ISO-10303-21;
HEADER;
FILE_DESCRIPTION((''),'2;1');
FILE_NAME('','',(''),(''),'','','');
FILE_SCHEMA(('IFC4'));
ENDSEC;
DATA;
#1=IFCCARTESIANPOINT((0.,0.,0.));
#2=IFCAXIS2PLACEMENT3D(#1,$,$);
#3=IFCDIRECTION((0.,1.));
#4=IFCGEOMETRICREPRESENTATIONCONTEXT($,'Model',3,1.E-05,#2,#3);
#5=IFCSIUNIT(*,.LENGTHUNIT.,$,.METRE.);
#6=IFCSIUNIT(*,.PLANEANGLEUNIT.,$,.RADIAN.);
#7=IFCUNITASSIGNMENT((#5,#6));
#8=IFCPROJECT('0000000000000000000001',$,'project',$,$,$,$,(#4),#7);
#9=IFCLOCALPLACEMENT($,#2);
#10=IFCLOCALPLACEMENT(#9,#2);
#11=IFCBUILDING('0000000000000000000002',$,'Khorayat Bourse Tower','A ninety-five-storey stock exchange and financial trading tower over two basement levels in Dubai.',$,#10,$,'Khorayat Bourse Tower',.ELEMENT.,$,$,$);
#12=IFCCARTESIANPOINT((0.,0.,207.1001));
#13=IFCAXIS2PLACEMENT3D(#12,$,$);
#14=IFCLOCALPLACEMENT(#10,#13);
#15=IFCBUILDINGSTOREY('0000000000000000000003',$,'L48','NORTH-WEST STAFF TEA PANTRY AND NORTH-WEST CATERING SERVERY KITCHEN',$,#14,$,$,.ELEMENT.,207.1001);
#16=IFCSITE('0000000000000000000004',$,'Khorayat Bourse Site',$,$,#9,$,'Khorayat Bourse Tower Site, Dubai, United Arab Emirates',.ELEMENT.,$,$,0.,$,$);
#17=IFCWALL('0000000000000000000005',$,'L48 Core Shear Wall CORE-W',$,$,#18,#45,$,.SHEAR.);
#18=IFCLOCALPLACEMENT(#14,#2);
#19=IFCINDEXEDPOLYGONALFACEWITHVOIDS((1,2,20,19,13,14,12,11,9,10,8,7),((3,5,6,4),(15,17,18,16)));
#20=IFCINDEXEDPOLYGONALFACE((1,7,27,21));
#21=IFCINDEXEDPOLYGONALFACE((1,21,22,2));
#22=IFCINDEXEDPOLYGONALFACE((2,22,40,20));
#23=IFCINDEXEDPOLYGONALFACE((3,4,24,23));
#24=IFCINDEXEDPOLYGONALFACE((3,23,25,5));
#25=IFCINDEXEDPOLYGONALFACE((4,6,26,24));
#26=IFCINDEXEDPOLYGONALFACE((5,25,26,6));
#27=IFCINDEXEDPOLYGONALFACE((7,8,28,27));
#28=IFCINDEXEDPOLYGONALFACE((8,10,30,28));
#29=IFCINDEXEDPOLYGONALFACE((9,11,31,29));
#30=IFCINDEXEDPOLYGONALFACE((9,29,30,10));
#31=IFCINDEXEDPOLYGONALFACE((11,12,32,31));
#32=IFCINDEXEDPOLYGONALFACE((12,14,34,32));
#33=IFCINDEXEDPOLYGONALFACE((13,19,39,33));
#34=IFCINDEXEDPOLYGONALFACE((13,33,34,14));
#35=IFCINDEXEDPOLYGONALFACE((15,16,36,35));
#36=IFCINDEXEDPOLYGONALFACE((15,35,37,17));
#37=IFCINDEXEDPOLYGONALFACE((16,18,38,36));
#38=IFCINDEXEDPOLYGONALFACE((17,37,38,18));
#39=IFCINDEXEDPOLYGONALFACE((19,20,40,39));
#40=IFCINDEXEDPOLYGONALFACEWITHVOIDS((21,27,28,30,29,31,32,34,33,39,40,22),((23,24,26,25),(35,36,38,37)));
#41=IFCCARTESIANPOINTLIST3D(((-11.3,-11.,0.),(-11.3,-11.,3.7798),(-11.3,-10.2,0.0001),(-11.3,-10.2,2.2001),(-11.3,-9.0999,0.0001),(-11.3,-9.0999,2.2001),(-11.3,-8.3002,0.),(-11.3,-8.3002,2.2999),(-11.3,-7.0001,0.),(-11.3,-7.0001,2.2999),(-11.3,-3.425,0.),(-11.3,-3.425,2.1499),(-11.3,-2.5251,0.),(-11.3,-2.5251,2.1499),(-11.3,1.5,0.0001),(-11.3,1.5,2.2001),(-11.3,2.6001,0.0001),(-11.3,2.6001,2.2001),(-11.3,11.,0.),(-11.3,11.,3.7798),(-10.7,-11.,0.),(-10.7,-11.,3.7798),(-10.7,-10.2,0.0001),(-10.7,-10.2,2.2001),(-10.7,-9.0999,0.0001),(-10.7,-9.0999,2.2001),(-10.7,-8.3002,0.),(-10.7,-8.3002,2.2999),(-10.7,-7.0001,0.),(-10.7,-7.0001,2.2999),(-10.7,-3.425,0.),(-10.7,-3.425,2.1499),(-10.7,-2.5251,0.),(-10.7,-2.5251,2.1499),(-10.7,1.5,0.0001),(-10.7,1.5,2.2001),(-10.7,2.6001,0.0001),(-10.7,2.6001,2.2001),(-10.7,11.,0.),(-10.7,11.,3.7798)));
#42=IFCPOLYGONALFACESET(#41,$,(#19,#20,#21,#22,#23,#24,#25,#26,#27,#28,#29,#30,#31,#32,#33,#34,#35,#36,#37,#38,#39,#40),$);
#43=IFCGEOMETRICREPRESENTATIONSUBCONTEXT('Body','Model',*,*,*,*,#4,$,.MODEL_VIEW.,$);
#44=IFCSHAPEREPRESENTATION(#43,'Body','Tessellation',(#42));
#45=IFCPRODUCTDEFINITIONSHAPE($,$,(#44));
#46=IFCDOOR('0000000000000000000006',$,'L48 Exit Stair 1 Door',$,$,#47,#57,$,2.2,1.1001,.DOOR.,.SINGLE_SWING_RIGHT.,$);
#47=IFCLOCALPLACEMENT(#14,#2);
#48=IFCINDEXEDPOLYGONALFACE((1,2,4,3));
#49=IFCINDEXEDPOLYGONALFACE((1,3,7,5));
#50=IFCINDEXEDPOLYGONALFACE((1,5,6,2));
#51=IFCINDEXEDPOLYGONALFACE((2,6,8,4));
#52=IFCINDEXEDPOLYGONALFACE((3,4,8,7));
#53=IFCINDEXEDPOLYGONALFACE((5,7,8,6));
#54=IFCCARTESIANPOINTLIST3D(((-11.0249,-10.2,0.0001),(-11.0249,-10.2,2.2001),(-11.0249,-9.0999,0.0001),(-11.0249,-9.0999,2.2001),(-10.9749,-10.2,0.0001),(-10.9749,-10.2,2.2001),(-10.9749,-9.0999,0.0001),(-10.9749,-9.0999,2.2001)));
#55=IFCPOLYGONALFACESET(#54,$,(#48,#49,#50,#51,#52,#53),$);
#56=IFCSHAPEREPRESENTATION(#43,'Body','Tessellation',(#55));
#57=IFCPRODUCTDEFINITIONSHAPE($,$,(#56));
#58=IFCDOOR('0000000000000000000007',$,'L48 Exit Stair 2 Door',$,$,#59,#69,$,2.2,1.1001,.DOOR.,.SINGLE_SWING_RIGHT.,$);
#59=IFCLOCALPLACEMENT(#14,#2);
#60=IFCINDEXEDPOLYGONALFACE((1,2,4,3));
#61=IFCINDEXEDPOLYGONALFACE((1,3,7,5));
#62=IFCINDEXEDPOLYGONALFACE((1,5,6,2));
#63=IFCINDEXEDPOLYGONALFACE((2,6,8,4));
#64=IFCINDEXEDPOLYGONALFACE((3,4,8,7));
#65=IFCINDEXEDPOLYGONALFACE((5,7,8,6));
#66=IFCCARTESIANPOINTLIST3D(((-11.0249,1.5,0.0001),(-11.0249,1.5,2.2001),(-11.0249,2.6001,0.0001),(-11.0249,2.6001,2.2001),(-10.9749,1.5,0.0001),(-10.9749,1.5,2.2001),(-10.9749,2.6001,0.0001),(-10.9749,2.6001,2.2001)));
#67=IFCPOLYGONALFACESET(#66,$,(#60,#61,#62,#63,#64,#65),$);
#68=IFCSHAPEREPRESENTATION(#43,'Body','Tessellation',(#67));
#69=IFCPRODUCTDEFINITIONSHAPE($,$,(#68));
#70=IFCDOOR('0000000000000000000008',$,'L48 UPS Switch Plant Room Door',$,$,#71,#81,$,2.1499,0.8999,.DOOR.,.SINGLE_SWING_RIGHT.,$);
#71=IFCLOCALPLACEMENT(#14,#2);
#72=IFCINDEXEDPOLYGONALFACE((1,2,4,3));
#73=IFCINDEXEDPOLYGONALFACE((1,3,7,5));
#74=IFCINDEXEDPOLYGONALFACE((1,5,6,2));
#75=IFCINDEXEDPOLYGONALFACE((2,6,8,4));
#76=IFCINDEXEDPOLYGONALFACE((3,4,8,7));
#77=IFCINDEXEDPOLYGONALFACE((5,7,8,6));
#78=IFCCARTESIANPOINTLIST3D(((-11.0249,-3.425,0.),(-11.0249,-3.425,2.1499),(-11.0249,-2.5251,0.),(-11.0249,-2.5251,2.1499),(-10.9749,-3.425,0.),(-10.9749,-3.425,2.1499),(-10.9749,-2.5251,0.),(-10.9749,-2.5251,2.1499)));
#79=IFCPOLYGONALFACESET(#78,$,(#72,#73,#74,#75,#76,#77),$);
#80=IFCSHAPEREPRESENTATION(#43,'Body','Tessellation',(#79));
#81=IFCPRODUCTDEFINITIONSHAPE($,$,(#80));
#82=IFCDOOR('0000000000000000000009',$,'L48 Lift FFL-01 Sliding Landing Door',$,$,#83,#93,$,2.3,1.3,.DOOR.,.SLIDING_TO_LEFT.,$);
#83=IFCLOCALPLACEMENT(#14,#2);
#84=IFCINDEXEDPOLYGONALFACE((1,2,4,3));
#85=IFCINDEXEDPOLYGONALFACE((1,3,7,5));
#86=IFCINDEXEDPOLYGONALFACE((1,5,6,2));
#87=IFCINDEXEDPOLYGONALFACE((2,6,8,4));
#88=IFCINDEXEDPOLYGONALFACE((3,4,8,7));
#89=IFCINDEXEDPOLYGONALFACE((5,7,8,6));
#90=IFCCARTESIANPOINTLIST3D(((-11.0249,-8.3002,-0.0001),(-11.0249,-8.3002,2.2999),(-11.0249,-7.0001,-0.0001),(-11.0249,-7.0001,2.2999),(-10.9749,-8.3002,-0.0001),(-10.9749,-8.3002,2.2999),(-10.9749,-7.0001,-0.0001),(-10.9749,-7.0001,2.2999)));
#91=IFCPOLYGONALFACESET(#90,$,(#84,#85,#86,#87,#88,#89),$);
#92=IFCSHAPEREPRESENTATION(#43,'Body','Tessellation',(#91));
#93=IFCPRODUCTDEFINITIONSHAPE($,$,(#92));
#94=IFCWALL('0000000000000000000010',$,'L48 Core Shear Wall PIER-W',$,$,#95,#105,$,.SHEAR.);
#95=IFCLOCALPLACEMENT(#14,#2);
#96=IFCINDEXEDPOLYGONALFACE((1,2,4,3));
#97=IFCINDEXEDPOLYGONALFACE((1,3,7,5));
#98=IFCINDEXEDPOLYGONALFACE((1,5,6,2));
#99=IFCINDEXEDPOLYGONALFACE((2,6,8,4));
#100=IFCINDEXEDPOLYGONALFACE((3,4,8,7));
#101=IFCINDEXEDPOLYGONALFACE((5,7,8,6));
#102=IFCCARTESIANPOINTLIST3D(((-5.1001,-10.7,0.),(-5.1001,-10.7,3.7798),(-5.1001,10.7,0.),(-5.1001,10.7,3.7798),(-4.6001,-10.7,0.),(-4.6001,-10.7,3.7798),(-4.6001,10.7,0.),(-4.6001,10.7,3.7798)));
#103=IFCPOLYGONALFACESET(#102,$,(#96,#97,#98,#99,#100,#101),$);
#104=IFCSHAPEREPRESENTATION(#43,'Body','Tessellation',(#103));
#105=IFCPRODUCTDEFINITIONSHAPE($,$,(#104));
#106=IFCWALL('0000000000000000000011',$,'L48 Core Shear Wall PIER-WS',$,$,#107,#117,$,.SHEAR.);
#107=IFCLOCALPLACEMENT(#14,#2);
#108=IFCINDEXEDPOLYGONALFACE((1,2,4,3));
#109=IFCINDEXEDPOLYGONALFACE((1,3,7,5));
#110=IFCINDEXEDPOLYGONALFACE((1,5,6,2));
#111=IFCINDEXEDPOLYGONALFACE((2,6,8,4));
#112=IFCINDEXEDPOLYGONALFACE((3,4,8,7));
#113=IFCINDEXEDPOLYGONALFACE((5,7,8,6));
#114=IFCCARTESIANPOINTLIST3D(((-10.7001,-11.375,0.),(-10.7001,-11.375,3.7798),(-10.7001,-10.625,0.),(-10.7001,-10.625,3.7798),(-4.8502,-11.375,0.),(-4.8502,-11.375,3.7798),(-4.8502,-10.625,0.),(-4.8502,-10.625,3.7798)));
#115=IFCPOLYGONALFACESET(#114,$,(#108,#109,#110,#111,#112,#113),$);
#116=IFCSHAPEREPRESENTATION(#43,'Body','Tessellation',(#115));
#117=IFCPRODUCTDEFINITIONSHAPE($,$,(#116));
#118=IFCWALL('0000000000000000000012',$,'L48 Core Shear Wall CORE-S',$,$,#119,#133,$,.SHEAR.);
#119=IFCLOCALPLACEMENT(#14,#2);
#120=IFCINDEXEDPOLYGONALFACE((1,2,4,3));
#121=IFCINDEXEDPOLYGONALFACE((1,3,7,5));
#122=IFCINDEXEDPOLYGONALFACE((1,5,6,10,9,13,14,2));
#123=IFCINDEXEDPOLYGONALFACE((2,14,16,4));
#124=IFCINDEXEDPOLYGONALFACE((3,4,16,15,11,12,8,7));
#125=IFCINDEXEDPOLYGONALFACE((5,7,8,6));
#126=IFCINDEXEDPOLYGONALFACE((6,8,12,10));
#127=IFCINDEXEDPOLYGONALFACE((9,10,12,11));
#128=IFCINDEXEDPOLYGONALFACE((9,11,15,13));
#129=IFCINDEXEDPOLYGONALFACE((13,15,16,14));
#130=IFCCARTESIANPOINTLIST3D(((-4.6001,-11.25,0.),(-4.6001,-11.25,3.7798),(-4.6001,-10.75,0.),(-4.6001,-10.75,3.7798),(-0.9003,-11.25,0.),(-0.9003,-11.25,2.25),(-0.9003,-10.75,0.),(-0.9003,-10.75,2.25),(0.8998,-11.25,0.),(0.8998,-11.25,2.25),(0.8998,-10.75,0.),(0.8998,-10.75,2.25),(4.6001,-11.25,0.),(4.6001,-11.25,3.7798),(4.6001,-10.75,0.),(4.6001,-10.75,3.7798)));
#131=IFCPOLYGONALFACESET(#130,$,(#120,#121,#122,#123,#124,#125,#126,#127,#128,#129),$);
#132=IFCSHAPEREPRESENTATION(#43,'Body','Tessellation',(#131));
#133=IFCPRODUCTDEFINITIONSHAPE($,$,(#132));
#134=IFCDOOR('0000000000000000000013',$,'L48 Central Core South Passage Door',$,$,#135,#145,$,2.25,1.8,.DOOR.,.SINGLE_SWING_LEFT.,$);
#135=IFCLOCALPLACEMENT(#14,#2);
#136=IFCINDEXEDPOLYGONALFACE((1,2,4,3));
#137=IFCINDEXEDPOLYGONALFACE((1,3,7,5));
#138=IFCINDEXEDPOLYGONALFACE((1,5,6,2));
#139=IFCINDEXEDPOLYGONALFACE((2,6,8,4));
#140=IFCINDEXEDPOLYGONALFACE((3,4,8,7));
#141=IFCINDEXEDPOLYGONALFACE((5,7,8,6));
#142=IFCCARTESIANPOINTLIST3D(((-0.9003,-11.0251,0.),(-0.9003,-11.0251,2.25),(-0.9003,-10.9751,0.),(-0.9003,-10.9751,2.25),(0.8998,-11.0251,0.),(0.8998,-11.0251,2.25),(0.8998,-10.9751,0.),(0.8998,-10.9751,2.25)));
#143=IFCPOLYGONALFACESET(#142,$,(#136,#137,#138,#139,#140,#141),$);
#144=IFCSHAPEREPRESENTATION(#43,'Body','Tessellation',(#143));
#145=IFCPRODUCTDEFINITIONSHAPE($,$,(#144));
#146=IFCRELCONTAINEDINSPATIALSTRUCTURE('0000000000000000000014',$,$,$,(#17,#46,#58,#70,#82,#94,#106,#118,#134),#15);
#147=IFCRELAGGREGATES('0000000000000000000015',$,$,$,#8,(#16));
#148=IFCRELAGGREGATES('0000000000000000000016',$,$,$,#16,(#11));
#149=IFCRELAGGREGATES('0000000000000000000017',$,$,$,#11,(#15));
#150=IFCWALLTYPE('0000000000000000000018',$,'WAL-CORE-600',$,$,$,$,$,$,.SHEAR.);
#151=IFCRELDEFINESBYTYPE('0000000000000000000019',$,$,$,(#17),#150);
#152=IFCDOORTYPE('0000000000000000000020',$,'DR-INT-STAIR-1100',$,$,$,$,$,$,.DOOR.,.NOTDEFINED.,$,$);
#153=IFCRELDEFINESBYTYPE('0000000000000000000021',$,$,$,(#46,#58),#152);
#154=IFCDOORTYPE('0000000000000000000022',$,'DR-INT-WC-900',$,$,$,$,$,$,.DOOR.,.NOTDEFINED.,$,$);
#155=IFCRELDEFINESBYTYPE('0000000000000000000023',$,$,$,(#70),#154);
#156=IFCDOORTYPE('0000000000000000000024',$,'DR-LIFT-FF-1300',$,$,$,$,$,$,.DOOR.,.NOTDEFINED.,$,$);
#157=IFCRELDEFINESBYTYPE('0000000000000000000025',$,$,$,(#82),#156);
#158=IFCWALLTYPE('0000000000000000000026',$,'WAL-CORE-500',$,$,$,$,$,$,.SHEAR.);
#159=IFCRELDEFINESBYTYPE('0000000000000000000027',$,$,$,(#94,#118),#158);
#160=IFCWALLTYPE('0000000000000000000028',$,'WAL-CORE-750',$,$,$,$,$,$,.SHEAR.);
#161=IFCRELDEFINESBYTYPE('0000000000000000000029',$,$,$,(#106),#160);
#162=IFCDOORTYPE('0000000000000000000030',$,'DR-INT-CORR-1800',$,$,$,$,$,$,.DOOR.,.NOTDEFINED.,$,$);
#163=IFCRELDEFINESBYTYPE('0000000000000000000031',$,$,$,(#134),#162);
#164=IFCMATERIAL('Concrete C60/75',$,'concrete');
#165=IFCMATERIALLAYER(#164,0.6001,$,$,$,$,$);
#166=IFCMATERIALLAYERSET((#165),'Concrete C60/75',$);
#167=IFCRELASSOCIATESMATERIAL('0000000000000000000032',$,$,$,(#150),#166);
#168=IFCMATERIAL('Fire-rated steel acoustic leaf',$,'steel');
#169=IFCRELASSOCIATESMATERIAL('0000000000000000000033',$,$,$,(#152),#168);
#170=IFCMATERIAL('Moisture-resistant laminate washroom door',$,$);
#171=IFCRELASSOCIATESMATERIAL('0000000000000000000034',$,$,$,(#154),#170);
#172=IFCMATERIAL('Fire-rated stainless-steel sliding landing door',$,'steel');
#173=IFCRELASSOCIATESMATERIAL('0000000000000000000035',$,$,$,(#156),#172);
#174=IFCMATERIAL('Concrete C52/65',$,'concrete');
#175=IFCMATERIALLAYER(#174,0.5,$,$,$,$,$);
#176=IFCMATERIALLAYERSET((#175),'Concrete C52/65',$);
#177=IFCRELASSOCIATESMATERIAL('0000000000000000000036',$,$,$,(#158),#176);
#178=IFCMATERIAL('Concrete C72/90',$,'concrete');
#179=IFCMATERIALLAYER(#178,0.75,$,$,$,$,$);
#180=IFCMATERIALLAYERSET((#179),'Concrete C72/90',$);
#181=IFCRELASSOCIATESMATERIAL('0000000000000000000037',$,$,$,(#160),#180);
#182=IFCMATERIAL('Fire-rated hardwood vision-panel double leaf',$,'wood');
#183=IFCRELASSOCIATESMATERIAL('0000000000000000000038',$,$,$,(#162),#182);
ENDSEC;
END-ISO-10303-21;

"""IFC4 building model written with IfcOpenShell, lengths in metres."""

from ifc_helpers import new_model, si_unit, direction, frame, frame_2d, origin, place, context, subcontext, project, spatial, rectangle, extrude, source, transform, mapped, material, layer, layer_set, type_object, element, fill, save


model = new_model("IFC4")

# Units and contexts
model_context = context("Model", 3, precision=1e-05, world=origin(), true_north=direction((0.0, 1.0)))
body_context = subcontext(model_context, "Body", "Model", "MODEL_VIEW")
ifc_project = project(units=[si_unit("LENGTHUNIT", "METRE"), si_unit("PLANEANGLEUNIT", "RADIAN")], contexts=[model_context])

# Site, building, storey
site_placement = place(None, origin())
site = spatial("IfcSite", under=ifc_project, at=site_placement, Name="Khorayat Bourse Site", LongName="Khorayat Bourse Tower Site, Dubai, United Arab Emirates", CompositionType="ELEMENT", RefElevation=0.0)
building_placement = place(site_placement, origin())
building = spatial("IfcBuilding", under=site, at=building_placement, Name="Khorayat Bourse Tower", Description="A ninety-five-storey stock exchange and financial trading tower over two basement levels in Dubai.", LongName="Khorayat Bourse Tower", CompositionType="ELEMENT")
storey_placement = place(building_placement, frame((0.0, 0.0, 207.1001)))
storey = spatial("IfcBuildingStorey", under=building, at=storey_placement, Name="L48", Description="NORTH-WEST STAFF TEA PANTRY AND NORTH-WEST CATERING SERVERY KITCHEN", CompositionType="ELEMENT", Elevation=207.1001)

# Shared definitions
ifc_material_1 = material(Name="Concrete C60/75", Category="concrete")

# Wall, openings, doors
ifc_layer_1 = layer(ifc_material_1, 0.6001)
ifc_layer_set_1 = layer_set([ifc_layer_1], Name="Concrete C60/75")
wall_type_1 = type_object("IfcWallType", Name="WAL-CORE-600", PredefinedType="SHEAR", material=ifc_layer_set_1)
shared_shape_1 = source(origin(), body_context, "Body", "SweptSolid", [
    extrude(rectangle(XDim=22.0, YDim=0.6001, at=frame_2d((11.0, 0.0))), origin(), (0.0, 0.0, 1.0), 3.7798),
])
wall_1_placement = place(storey_placement, frame((-11.0, -11.0, 0.0), z_axis=(0.0, 0.0, 1.0), x_axis=(0.0, 1.0, 0.0)))
wall_1 = element("IfcWall", 1, at=wall_1_placement, inside=storey, type_object=wall_type_1, Name="L48 Core Shear Wall CORE-W", PredefinedType="SHEAR", context=body_context, shape_type="MappedRepresentation", body=[
    mapped(shared_shape_1, transform((0.0, 0.0, 0.0), scale=1.0)),
])
shared_shape_2 = source(origin(), body_context, "Body", "SweptSolid", [
    extrude(rectangle(XDim=1.1001, YDim=2.2, at=frame_2d((0.55, 1.1001))), frame((0.0, 0.3101, 0.0), z_axis=(0.0, -1.0, 0.0), x_axis=(1.0, 0.0, 0.0)), (0.0, 0.0, 1.0), 0.6201),
])
opening_1_placement = place(wall_1_placement, frame((0.8, 0.0, 0.0)))
opening_1 = element("IfcOpeningElement", 2, at=opening_1_placement, cuts=wall_1, PredefinedType="OPENING", context=body_context, shape_type="MappedRepresentation", body=[
    mapped(shared_shape_2, transform((0.0, 0.0, 0.0), scale=1.0)),
])
opening_2_placement = place(wall_1_placement, frame((12.5, 0.0, 0.0)))
opening_2 = element("IfcOpeningElement", 3, at=opening_2_placement, cuts=wall_1, PredefinedType="OPENING", context=body_context, shape_type="MappedRepresentation", body=[
    mapped(shared_shape_2, transform((0.0, 0.0, 0.0), scale=1.0)),
])
shared_shape_3 = source(origin(), body_context, "Body", "SweptSolid", [
    extrude(rectangle(XDim=0.8999, YDim=2.1499, at=frame_2d((0.45, 1.075))), frame((0.0, 0.3101, 0.0), z_axis=(0.0, -1.0, 0.0), x_axis=(1.0, 0.0, 0.0)), (0.0, 0.0, 1.0), 0.6201),
])
opening_3_placement = place(wall_1_placement, frame((7.575, 0.0, 0.0)))
opening_3 = element("IfcOpeningElement", 4, at=opening_3_placement, cuts=wall_1, PredefinedType="OPENING", context=body_context, shape_type="MappedRepresentation", body=[
    mapped(shared_shape_3, transform((0.0, 0.0, 0.0), scale=1.0)),
])
shared_shape_4 = source(origin(), body_context, "Body", "SweptSolid", [
    extrude(rectangle(XDim=1.3, YDim=2.3, at=frame_2d((0.6499, 1.1499))), frame((0.0, 0.3101, 0.0), z_axis=(0.0, -1.0, 0.0), x_axis=(1.0, 0.0, 0.0)), (0.0, 0.0, 1.0), 0.6201),
])
opening_4_placement = place(wall_1_placement, frame((2.7, 0.0, 0.0)))
opening_4 = element("IfcOpeningElement", 5, at=opening_4_placement, cuts=wall_1, PredefinedType="OPENING", context=body_context, shape_type="MappedRepresentation", body=[
    mapped(shared_shape_4, transform((0.0, 0.0, 0.0), scale=1.0)),
])
ifc_material_2 = material(Name="Fire-rated steel acoustic leaf", Category="steel")
door_type_1 = type_object("IfcDoorType", Name="DR-INT-STAIR-1100", OperationType="NOTDEFINED", PredefinedType="DOOR", material=ifc_material_2)
shared_shape_5 = source(origin(), body_context, "Body", "SweptSolid", [
    extrude(rectangle(XDim=1.1001, YDim=2.2, at=frame_2d((0.55, 1.1001))), frame((0.0, 0.0249, 0.0), z_axis=(0.0, -1.0, 0.0), x_axis=(1.0, 0.0, 0.0)), (0.0, 0.0, 1.0), 0.05),
])
door_1_placement = place(opening_1_placement, origin())
door_1 = element("IfcDoor", 6, at=door_1_placement, inside=storey, type_object=door_type_1, Name="L48 Exit Stair 1 Door", OperationType="SINGLE_SWING_RIGHT", OverallHeight=2.2, OverallWidth=1.1001, PredefinedType="DOOR", context=body_context, shape_type="MappedRepresentation", body=[
    mapped(shared_shape_5, transform((0.0, 0.0, 0.0), scale=1.0)),
])
fill(opening_1, door_1)
door_2_placement = place(opening_2_placement, origin())
door_2 = element("IfcDoor", 7, at=door_2_placement, inside=storey, type_object=door_type_1, Name="L48 Exit Stair 2 Door", OperationType="SINGLE_SWING_RIGHT", OverallHeight=2.2, OverallWidth=1.1001, PredefinedType="DOOR", context=body_context, shape_type="MappedRepresentation", body=[
    mapped(shared_shape_5, transform((0.0, 0.0, 0.0), scale=1.0)),
])
fill(opening_2, door_2)
ifc_material_3 = material(Name="Moisture-resistant laminate washroom door")
door_type_2 = type_object("IfcDoorType", Name="DR-INT-WC-900", OperationType="NOTDEFINED", PredefinedType="DOOR", material=ifc_material_3)
shared_shape_6 = source(origin(), body_context, "Body", "SweptSolid", [
    extrude(rectangle(XDim=0.8999, YDim=2.1499, at=frame_2d((0.45, 1.075))), frame((0.0, 0.0249, 0.0), z_axis=(0.0, -1.0, 0.0), x_axis=(1.0, 0.0, 0.0)), (0.0, 0.0, 1.0), 0.05),
])
door_3_placement = place(opening_3_placement, origin())
door_3 = element("IfcDoor", 8, at=door_3_placement, inside=storey, type_object=door_type_2, Name="L48 UPS Switch Plant Room Door", OperationType="SINGLE_SWING_RIGHT", OverallHeight=2.1499, OverallWidth=0.8999, PredefinedType="DOOR", context=body_context, shape_type="MappedRepresentation", body=[
    mapped(shared_shape_6, transform((0.0, 0.0, 0.0), scale=1.0)),
])
fill(opening_3, door_3)
ifc_material_4 = material(Name="Fire-rated stainless-steel sliding landing door", Category="steel")
door_type_3 = type_object("IfcDoorType", Name="DR-LIFT-FF-1300", OperationType="NOTDEFINED", PredefinedType="DOOR", material=ifc_material_4)
shared_shape_7 = source(origin(), body_context, "Body", "SweptSolid", [
    extrude(rectangle(XDim=1.3, YDim=2.3, at=frame_2d((0.6499, 1.1499))), frame((0.0, 0.0249, 0.0), z_axis=(0.0, -1.0, 0.0), x_axis=(1.0, 0.0, 0.0)), (0.0, 0.0, 1.0), 0.05),
])
door_4_placement = place(opening_4_placement, origin())
door_4 = element("IfcDoor", 9, at=door_4_placement, inside=storey, type_object=door_type_3, Name="L48 Lift FFL-01 Sliding Landing Door", OperationType="SLIDING_TO_LEFT", OverallHeight=2.3, OverallWidth=1.3, PredefinedType="DOOR", context=body_context, shape_type="MappedRepresentation", body=[
    mapped(shared_shape_7, transform((0.0, 0.0, 0.0), scale=1.0)),
])
fill(opening_4, door_4)

# Walls
ifc_material_5 = material(Name="Concrete C52/65", Category="concrete")
ifc_layer_2 = layer(ifc_material_5, 0.5)
ifc_layer_set_2 = layer_set([ifc_layer_2], Name="Concrete C52/65")
wall_type_2 = type_object("IfcWallType", Name="WAL-CORE-500", PredefinedType="SHEAR", material=ifc_layer_set_2)
shared_shape_8 = source(origin(), body_context, "Body", "SweptSolid", [
    extrude(rectangle(XDim=21.3999, YDim=0.5, at=frame_2d((10.7, 0.0))), origin(), (0.0, 0.0, 1.0), 3.7798),
])
wall_2_placement = place(storey_placement, frame((-4.8501, -10.7, 0.0), z_axis=(0.0, 0.0, 1.0), x_axis=(0.0, 1.0, 0.0)))
element("IfcWall", 10, at=wall_2_placement, inside=storey, type_object=wall_type_2, Name="L48 Core Shear Wall PIER-W", PredefinedType="SHEAR", context=body_context, shape_type="MappedRepresentation", body=[
    mapped(shared_shape_8, transform((0.0, 0.0, 0.0), scale=1.0)),
])
ifc_material_6 = material(Name="Concrete C72/90", Category="concrete")
ifc_layer_3 = layer(ifc_material_6, 0.75)
ifc_layer_set_3 = layer_set([ifc_layer_3], Name="Concrete C72/90")
wall_type_3 = type_object("IfcWallType", Name="WAL-CORE-750", PredefinedType="SHEAR", material=ifc_layer_set_3)
shared_shape_9 = source(origin(), body_context, "Body", "SweptSolid", [
    extrude(rectangle(XDim=5.8499, YDim=0.75, at=frame_2d((2.9248, 0.0))), origin(), (0.0, 0.0, 1.0), 3.7798),
])
wall_3_placement = place(storey_placement, frame((-10.7, -11.0, 0.0), z_axis=(0.0, 0.0, 1.0), x_axis=(1.0, 0.0, 0.0)))
element("IfcWall", 11, at=wall_3_placement, inside=storey, type_object=wall_type_3, Name="L48 Core Shear Wall PIER-WS", PredefinedType="SHEAR", context=body_context, shape_type="MappedRepresentation", body=[
    mapped(shared_shape_9, transform((0.0, 0.0, 0.0), scale=1.0)),
])

# Wall, opening, door
shared_shape_10 = source(origin(), body_context, "Body", "SweptSolid", [
    extrude(rectangle(XDim=9.2002, YDim=0.5, at=frame_2d((4.6001, 0.0))), origin(), (0.0, 0.0, 1.0), 3.7798),
])
wall_4_placement = place(storey_placement, frame((-4.6001, -11.0, 0.0), z_axis=(0.0, 0.0, 1.0), x_axis=(1.0, 0.0, 0.0)))
wall_4 = element("IfcWall", 12, at=wall_4_placement, inside=storey, type_object=wall_type_2, Name="L48 Core Shear Wall CORE-S", PredefinedType="SHEAR", context=body_context, shape_type="MappedRepresentation", body=[
    mapped(shared_shape_10, transform((0.0, 0.0, 0.0), scale=1.0)),
])
shared_shape_11 = source(origin(), body_context, "Body", "SweptSolid", [
    extrude(rectangle(XDim=1.8, YDim=2.25, at=frame_2d((0.8999, 1.125))), frame((0.0, 0.26, 0.0), z_axis=(0.0, -1.0, 0.0), x_axis=(1.0, 0.0, 0.0)), (0.0, 0.0, 1.0), 0.52),
])
opening_5_placement = place(wall_4_placement, frame((3.7, 0.0, 0.0)))
opening_5 = element("IfcOpeningElement", 13, at=opening_5_placement, cuts=wall_4, PredefinedType="OPENING", context=body_context, shape_type="MappedRepresentation", body=[
    mapped(shared_shape_11, transform((0.0, 0.0, 0.0), scale=1.0)),
])
ifc_material_7 = material(Name="Fire-rated hardwood vision-panel double leaf", Category="wood")
door_type_4 = type_object("IfcDoorType", Name="DR-INT-CORR-1800", OperationType="NOTDEFINED", PredefinedType="DOOR", material=ifc_material_7)
shared_shape_12 = source(origin(), body_context, "Body", "SweptSolid", [
    extrude(rectangle(XDim=1.8, YDim=2.25, at=frame_2d((0.8999, 1.125))), frame((0.0, 0.0249, 0.0), z_axis=(0.0, -1.0, 0.0), x_axis=(1.0, 0.0, 0.0)), (0.0, 0.0, 1.0), 0.05),
])
door_5_placement = place(opening_5_placement, origin())
door_5 = element("IfcDoor", 14, at=door_5_placement, inside=storey, type_object=door_type_4, Name="L48 Central Core South Passage Door", OperationType="SINGLE_SWING_LEFT", OverallHeight=2.25, OverallWidth=1.8, PredefinedType="DOOR", context=body_context, shape_type="MappedRepresentation", body=[
    mapped(shared_shape_12, transform((0.0, 0.0, 0.0), scale=1.0)),
])
fill(opening_5, door_5)

save(model, "model.ifc")
